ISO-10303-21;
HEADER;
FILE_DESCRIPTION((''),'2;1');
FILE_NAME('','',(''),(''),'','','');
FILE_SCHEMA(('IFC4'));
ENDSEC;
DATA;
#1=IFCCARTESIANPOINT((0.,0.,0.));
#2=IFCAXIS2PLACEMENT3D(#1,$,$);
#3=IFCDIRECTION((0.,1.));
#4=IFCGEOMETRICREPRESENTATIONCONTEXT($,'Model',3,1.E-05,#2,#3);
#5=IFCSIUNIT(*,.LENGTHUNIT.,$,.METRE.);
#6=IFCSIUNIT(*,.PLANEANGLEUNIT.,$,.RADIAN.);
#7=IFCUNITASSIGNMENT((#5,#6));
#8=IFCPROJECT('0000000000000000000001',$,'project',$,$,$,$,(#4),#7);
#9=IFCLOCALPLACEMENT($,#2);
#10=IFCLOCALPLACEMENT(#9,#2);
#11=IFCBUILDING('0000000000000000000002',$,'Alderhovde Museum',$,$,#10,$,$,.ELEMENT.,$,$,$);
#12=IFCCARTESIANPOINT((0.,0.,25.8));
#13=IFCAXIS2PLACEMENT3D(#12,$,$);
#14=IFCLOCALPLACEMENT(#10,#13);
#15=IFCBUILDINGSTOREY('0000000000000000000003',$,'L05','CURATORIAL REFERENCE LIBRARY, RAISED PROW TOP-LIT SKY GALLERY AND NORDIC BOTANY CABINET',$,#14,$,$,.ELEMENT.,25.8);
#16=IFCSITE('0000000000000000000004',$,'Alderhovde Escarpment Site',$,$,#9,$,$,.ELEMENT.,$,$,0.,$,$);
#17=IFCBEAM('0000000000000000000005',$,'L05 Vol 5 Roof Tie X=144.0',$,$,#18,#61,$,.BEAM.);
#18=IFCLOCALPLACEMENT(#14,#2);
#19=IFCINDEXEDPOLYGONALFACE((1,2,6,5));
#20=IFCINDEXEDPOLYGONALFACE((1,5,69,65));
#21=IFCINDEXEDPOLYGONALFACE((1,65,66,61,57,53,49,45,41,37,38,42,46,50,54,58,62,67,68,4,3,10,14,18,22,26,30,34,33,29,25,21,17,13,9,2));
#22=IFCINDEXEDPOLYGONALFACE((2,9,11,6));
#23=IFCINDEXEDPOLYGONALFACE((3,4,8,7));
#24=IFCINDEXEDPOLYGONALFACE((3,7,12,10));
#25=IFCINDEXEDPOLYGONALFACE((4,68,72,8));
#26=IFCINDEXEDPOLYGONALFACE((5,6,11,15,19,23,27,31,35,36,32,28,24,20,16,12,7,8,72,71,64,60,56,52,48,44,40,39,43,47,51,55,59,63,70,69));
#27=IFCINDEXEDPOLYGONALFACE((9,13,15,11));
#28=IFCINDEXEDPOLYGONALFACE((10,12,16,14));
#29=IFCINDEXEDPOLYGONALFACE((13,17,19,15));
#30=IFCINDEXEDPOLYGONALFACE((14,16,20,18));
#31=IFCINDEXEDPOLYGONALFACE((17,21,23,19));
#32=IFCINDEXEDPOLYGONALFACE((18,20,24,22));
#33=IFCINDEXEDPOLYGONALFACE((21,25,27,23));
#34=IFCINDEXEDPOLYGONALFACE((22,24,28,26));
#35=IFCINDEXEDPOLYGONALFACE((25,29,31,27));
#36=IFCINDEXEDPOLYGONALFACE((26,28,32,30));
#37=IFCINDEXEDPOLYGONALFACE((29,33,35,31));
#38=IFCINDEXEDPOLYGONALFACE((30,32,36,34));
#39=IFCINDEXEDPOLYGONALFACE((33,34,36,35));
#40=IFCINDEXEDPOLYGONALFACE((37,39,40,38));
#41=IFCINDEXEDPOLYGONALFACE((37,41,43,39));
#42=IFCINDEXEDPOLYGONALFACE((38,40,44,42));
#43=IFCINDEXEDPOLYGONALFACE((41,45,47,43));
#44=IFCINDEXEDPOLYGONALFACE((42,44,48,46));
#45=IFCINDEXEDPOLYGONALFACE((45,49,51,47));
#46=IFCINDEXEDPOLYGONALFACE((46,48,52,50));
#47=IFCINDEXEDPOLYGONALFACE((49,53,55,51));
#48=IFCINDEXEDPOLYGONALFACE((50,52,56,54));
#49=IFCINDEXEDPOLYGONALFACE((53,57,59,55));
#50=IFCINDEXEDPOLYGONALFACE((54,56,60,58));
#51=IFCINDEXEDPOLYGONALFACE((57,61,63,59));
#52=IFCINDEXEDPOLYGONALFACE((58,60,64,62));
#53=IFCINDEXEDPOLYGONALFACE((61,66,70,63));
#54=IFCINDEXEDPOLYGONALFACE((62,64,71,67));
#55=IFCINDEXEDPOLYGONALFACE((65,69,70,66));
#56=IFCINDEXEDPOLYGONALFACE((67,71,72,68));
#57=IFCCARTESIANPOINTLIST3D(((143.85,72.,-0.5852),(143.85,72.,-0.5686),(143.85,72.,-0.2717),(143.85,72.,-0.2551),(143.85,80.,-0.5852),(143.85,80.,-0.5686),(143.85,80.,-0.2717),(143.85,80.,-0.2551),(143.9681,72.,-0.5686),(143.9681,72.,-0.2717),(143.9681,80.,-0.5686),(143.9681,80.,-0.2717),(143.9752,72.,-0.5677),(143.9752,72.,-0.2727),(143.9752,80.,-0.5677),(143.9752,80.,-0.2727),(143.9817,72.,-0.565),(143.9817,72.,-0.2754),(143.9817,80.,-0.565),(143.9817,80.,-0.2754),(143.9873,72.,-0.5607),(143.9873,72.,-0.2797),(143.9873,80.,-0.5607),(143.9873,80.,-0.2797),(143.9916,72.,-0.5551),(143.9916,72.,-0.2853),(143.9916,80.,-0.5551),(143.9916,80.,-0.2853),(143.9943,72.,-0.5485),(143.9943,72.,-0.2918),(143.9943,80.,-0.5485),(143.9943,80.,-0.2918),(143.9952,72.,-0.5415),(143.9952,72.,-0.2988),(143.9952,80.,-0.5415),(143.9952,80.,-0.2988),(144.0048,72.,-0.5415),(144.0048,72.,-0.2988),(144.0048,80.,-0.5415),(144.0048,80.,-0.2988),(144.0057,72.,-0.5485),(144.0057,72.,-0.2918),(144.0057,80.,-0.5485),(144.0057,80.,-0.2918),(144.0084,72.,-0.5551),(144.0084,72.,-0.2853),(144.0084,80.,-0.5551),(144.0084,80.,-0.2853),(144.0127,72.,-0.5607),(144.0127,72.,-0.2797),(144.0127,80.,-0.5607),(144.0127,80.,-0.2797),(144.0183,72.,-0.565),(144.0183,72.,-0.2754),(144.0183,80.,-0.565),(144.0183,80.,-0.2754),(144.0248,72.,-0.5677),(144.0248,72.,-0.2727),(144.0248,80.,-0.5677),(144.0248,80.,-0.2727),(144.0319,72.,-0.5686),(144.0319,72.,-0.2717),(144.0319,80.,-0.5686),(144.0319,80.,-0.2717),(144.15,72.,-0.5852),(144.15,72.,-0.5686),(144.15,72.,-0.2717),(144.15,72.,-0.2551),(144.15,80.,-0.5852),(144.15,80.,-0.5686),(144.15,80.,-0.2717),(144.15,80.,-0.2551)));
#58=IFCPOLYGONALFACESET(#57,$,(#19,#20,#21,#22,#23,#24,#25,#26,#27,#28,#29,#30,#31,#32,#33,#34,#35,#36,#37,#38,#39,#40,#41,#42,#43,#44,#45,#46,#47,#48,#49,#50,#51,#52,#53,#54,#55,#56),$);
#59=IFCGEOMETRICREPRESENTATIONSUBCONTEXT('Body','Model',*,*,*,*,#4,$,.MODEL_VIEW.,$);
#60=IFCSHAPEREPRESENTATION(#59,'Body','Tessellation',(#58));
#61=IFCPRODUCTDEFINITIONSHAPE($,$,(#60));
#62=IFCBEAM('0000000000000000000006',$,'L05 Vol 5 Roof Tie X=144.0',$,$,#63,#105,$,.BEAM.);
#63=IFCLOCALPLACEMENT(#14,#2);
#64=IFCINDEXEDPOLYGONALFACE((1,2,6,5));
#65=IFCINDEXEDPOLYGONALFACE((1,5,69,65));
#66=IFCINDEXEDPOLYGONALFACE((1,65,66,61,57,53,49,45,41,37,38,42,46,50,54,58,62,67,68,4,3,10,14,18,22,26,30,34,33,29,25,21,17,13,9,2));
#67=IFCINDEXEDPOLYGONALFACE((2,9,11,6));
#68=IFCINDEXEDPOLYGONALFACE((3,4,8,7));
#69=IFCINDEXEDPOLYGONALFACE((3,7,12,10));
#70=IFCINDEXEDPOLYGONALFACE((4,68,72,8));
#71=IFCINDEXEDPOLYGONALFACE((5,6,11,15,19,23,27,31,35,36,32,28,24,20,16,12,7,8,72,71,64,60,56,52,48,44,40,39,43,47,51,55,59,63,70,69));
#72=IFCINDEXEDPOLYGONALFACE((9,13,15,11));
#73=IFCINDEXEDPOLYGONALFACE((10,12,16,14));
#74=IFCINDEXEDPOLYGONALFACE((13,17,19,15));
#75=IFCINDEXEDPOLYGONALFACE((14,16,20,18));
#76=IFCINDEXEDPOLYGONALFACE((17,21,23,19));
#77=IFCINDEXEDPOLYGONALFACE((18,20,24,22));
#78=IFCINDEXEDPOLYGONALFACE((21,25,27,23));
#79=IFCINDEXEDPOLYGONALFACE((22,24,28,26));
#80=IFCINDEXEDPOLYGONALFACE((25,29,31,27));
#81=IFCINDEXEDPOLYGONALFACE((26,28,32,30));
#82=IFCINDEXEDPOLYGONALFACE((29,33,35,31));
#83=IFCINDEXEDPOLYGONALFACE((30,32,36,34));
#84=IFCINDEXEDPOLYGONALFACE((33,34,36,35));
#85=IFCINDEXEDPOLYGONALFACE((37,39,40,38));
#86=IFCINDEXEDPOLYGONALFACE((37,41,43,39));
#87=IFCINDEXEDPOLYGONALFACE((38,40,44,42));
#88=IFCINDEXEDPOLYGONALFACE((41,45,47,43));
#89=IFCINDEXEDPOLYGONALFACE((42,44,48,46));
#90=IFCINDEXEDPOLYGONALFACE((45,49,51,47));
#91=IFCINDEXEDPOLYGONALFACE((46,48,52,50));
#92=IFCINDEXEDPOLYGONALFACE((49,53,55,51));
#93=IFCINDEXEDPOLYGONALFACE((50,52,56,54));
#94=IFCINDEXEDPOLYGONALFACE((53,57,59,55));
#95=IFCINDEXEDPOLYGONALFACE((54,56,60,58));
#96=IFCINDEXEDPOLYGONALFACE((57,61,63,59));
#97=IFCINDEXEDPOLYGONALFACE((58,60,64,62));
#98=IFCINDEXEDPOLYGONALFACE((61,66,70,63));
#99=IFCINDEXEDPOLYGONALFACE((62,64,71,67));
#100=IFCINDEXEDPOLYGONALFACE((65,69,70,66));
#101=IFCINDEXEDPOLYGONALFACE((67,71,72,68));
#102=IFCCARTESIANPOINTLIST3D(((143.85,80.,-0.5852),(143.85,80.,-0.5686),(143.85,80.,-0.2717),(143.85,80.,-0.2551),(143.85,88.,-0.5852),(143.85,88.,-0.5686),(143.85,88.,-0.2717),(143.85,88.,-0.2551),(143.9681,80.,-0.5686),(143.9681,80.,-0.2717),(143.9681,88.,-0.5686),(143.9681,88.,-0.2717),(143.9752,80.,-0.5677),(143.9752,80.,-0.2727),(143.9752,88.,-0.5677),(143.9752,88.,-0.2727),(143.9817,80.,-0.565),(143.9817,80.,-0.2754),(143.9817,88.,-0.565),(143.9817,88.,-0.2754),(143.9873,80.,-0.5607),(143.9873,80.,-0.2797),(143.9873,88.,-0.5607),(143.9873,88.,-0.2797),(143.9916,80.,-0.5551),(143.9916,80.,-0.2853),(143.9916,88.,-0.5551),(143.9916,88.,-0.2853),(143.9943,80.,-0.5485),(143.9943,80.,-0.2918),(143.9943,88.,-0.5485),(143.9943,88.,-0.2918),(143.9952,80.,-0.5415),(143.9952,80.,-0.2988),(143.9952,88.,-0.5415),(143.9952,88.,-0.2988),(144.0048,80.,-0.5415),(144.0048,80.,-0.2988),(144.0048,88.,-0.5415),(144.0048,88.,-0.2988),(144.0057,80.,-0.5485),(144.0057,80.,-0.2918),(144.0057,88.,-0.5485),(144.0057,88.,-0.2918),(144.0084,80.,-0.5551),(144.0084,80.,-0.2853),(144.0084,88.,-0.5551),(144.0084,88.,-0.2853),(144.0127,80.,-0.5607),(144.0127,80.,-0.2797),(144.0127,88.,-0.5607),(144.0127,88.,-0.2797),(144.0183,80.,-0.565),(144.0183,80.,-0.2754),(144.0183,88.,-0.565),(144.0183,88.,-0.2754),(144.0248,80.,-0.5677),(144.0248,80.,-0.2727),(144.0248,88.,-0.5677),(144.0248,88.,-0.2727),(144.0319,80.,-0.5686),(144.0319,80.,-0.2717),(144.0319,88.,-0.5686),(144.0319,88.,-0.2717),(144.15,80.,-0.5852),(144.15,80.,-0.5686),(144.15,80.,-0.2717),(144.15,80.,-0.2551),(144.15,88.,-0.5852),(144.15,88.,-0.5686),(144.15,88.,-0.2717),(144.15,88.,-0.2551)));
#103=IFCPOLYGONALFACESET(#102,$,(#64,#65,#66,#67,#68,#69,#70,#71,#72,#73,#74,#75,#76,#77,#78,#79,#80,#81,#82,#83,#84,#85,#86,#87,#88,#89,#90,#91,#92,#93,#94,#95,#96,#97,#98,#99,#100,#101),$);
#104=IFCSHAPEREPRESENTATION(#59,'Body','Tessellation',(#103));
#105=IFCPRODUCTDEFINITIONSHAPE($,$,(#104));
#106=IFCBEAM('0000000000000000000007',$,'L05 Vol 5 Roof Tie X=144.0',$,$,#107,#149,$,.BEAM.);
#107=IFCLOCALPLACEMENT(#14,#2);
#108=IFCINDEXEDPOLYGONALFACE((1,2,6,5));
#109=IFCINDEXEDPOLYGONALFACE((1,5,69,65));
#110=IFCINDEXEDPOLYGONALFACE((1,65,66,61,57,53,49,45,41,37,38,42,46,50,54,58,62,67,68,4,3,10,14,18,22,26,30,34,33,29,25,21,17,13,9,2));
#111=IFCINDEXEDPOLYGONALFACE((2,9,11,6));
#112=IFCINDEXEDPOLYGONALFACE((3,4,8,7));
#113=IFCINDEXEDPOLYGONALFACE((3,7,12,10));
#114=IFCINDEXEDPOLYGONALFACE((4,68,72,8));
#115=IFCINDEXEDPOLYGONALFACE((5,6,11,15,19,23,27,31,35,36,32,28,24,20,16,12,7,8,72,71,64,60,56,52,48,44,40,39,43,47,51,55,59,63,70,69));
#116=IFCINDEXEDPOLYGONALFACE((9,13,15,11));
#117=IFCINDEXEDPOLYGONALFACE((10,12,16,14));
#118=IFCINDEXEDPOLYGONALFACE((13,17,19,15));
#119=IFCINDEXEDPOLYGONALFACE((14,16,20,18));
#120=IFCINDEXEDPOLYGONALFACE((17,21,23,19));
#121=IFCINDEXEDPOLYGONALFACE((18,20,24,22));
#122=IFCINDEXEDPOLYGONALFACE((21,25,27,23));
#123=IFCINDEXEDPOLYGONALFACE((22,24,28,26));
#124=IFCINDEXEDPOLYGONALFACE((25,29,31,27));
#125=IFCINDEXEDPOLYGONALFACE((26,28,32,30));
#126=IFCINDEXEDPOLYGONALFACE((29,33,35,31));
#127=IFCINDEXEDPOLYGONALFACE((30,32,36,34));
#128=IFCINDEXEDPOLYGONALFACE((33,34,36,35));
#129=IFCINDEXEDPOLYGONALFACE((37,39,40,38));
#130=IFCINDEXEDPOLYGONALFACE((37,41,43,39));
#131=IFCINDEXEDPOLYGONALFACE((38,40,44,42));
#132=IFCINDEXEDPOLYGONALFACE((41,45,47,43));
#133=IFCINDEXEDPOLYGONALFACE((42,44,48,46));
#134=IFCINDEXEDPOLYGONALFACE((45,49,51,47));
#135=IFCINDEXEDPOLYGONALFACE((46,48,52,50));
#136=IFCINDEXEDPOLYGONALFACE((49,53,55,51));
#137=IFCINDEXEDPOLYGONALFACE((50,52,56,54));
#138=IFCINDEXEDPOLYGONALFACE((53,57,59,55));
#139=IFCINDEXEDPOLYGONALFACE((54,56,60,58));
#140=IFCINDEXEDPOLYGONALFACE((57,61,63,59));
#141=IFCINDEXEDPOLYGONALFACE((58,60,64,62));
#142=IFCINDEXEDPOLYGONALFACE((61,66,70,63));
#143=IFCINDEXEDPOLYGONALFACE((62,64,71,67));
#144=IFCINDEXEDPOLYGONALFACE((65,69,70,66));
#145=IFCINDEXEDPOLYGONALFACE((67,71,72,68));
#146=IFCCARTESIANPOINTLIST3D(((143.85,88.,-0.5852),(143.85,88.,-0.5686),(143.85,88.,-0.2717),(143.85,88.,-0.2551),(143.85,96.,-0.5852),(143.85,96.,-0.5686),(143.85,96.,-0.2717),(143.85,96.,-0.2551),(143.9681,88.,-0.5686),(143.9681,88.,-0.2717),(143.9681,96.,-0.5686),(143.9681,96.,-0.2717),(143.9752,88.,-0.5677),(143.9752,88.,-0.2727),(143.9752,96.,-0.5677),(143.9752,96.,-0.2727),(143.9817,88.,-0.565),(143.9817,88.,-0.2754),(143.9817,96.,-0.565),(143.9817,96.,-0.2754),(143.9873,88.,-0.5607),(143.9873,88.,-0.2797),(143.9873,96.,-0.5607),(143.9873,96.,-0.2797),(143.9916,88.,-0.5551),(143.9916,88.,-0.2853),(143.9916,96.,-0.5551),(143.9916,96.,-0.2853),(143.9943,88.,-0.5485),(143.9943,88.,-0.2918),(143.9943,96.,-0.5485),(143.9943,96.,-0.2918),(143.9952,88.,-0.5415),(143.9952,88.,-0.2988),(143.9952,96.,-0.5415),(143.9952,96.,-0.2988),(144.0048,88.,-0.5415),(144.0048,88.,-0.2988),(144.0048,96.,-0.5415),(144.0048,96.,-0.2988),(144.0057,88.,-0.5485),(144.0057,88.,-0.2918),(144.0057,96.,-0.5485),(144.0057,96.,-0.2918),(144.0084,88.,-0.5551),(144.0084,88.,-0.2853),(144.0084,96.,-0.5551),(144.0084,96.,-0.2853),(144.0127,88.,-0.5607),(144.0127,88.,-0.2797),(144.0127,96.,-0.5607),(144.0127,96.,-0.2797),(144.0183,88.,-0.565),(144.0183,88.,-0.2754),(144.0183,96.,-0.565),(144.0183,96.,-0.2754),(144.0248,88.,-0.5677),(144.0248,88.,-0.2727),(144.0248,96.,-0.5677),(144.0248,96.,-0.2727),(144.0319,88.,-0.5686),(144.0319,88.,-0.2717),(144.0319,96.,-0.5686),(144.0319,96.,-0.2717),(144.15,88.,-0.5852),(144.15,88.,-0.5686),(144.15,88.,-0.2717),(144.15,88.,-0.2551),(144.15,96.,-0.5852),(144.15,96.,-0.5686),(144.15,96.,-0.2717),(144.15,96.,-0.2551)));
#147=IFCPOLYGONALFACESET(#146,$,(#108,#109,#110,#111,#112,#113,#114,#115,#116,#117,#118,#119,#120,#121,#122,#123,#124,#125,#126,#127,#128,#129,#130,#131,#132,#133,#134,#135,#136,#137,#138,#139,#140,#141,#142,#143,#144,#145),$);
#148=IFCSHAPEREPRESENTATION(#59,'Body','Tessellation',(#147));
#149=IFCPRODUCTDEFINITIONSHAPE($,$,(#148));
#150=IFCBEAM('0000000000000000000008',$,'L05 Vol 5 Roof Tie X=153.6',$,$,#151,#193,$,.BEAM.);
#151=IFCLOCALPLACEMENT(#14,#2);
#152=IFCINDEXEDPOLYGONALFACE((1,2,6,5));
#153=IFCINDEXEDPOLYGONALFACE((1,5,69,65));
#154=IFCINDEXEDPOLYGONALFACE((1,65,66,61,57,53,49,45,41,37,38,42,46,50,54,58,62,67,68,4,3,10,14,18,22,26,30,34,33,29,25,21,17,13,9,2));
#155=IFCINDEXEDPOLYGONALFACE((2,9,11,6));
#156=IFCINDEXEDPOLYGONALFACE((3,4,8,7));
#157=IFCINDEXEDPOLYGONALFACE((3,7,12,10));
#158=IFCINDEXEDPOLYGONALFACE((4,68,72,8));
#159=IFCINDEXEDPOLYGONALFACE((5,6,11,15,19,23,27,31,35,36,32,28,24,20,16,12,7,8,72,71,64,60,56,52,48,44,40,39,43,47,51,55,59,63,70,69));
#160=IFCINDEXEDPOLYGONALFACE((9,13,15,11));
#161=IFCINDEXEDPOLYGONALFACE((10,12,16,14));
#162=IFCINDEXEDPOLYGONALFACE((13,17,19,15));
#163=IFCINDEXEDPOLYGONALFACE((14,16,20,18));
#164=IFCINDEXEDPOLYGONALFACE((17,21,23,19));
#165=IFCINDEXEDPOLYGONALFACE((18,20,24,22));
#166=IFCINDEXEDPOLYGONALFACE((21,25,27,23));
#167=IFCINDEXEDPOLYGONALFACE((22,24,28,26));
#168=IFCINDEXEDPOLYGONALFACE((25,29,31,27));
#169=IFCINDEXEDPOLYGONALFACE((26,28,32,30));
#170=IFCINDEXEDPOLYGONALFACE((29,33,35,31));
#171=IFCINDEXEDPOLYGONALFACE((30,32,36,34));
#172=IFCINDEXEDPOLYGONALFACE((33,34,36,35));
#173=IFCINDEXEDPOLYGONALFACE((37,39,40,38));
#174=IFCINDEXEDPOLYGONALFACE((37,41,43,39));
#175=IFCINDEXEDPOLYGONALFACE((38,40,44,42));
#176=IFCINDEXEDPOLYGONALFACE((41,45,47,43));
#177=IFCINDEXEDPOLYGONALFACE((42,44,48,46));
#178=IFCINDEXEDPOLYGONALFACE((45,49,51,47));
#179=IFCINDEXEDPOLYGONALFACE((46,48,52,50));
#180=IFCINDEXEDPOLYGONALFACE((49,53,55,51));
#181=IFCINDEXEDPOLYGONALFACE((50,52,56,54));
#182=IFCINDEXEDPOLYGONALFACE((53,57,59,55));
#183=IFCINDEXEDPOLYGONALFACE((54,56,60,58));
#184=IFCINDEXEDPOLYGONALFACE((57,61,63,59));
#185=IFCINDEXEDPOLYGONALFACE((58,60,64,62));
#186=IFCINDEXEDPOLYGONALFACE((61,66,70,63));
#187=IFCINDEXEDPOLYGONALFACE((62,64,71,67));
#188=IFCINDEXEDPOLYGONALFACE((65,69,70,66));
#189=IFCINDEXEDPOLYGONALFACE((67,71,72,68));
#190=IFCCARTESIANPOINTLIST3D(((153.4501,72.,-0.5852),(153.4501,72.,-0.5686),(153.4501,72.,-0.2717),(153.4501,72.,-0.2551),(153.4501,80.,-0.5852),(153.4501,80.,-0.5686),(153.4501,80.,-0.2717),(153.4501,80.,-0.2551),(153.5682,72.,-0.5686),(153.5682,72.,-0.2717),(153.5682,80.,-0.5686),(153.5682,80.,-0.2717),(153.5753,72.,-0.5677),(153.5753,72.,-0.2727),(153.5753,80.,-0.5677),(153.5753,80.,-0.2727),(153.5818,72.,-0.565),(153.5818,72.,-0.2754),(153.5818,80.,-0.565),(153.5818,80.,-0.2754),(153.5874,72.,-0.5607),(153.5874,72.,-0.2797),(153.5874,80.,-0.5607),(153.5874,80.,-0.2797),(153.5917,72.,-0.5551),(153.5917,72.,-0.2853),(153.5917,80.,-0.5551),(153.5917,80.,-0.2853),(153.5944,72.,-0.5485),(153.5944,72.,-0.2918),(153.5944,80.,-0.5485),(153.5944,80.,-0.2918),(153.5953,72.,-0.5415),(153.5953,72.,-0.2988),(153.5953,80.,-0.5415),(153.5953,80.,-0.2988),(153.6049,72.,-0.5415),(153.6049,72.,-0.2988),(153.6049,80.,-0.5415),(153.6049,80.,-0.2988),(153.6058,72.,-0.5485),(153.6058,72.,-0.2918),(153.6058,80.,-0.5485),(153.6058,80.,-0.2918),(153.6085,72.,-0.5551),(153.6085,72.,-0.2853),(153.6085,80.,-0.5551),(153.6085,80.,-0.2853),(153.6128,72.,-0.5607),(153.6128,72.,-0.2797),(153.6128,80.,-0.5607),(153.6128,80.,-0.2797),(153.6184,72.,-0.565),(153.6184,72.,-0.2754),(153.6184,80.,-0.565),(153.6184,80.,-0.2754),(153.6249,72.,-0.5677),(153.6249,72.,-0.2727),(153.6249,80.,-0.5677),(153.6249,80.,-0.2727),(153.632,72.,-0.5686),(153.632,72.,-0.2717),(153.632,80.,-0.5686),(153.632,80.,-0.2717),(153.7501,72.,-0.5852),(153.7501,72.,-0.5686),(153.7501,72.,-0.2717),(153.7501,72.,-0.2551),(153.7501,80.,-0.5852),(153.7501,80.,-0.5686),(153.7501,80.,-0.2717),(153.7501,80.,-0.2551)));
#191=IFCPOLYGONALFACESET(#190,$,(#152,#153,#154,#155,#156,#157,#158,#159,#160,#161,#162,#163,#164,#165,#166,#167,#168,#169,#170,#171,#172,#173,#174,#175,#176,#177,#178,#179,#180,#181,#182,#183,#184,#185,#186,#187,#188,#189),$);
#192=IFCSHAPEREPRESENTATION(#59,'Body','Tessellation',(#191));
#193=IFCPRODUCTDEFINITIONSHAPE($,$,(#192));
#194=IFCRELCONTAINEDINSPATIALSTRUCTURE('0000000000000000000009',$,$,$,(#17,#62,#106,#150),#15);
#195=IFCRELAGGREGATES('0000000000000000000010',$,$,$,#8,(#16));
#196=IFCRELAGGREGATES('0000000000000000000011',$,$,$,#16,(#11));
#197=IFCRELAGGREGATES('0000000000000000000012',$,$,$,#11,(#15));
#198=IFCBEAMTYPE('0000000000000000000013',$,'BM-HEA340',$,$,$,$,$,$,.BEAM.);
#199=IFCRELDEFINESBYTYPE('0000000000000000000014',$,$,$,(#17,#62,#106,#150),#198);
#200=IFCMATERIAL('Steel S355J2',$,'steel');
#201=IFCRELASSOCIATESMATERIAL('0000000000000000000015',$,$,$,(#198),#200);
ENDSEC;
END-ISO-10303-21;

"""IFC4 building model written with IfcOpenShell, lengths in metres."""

from ifc_helpers import new_model, si_unit, direction, frame, origin, origin_2d, place, context, subcontext, project, spatial, i_section, extrude, material, material_profile, profile_set, type_object, element, save


model = new_model("IFC4")

# Units and contexts
model_context = context("Model", 3, precision=1e-05, world=origin(), true_north=direction((0.0, 1.0)))
body_context = subcontext(model_context, "Body", "Model", "MODEL_VIEW")
ifc_project = project(units=[si_unit("LENGTHUNIT", "METRE"), si_unit("PLANEANGLEUNIT", "RADIAN")], contexts=[model_context])

# Site, building, storey
site_placement = place(None, origin())
site = spatial("IfcSite", under=ifc_project, at=site_placement, Name="Alderhovde Escarpment Site", CompositionType="ELEMENT", RefElevation=0.0)
building_placement = place(site_placement, origin())
building = spatial("IfcBuilding", under=site, at=building_placement, Name="Alderhovde Museum", CompositionType="ELEMENT")
storey_placement = place(building_placement, frame((0.0, 0.0, 25.8)))
storey = spatial("IfcBuildingStorey", under=building, at=storey_placement, Name="L05", Description="CURATORIAL REFERENCE LIBRARY, RAISED PROW TOP-LIT SKY GALLERY AND NORDIC BOTANY CABINET", CompositionType="ELEMENT", Elevation=25.8)

# Beams
ifc_material_1 = material(Name="Steel S355J2", Category="steel")
ifc_material_profile_1 = material_profile(ifc_material_1, i_section(OverallWidth=0.3, OverallDepth=0.3301, WebThickness=0.0095, FlangeThickness=0.0166, FilletRadius=0.0271, at=origin_2d()), Name="HEA 340")
ifc_profile_set_1 = profile_set([ifc_material_profile_1], Name="Steel S355J2")
beam_type_1 = type_object("IfcBeamType", Name="BM-HEA340", PredefinedType="BEAM", material=ifc_profile_set_1)
for number, where, z_axis, x_axis, name in (
    (1, (144.0, 72.0, -0.4202), (0.0, 1.0, 0.0), (-1.0, 0.0, 0.0), "L05 Vol 5 Roof Tie X=144.0"),
    (2, (144.0, 80.0, -0.4202), (0.0, 1.0, 0.0), (-1.0, 0.0, 0.0), "L05 Vol 5 Roof Tie X=144.0"),
    (3, (144.0, 88.0, -0.4202), (0.0, 1.0, 0.0), (-1.0, 0.0, 0.0), "L05 Vol 5 Roof Tie X=144.0"),
    (4, (153.6001, 72.0, -0.4202), (0.0, 1.0, 0.0), (-1.0, 0.0, 0.0), "L05 Vol 5 Roof Tie X=153.6"),
):
    element("IfcBeam", number, at=place(storey_placement, frame(where, z_axis=z_axis, x_axis=x_axis)), inside=storey, type_object=beam_type_1, Name=name, PredefinedType="BEAM", context=body_context, shape_type="SweptSolid", body=[
        extrude(i_section(OverallWidth=0.3, OverallDepth=0.3301, WebThickness=0.0095, FlangeThickness=0.0166, FilletRadius=0.0271, at=origin_2d()), origin(), (0.0, 0.0, 1.0), 8.0),
    ])

save(model, "model.ifc")
